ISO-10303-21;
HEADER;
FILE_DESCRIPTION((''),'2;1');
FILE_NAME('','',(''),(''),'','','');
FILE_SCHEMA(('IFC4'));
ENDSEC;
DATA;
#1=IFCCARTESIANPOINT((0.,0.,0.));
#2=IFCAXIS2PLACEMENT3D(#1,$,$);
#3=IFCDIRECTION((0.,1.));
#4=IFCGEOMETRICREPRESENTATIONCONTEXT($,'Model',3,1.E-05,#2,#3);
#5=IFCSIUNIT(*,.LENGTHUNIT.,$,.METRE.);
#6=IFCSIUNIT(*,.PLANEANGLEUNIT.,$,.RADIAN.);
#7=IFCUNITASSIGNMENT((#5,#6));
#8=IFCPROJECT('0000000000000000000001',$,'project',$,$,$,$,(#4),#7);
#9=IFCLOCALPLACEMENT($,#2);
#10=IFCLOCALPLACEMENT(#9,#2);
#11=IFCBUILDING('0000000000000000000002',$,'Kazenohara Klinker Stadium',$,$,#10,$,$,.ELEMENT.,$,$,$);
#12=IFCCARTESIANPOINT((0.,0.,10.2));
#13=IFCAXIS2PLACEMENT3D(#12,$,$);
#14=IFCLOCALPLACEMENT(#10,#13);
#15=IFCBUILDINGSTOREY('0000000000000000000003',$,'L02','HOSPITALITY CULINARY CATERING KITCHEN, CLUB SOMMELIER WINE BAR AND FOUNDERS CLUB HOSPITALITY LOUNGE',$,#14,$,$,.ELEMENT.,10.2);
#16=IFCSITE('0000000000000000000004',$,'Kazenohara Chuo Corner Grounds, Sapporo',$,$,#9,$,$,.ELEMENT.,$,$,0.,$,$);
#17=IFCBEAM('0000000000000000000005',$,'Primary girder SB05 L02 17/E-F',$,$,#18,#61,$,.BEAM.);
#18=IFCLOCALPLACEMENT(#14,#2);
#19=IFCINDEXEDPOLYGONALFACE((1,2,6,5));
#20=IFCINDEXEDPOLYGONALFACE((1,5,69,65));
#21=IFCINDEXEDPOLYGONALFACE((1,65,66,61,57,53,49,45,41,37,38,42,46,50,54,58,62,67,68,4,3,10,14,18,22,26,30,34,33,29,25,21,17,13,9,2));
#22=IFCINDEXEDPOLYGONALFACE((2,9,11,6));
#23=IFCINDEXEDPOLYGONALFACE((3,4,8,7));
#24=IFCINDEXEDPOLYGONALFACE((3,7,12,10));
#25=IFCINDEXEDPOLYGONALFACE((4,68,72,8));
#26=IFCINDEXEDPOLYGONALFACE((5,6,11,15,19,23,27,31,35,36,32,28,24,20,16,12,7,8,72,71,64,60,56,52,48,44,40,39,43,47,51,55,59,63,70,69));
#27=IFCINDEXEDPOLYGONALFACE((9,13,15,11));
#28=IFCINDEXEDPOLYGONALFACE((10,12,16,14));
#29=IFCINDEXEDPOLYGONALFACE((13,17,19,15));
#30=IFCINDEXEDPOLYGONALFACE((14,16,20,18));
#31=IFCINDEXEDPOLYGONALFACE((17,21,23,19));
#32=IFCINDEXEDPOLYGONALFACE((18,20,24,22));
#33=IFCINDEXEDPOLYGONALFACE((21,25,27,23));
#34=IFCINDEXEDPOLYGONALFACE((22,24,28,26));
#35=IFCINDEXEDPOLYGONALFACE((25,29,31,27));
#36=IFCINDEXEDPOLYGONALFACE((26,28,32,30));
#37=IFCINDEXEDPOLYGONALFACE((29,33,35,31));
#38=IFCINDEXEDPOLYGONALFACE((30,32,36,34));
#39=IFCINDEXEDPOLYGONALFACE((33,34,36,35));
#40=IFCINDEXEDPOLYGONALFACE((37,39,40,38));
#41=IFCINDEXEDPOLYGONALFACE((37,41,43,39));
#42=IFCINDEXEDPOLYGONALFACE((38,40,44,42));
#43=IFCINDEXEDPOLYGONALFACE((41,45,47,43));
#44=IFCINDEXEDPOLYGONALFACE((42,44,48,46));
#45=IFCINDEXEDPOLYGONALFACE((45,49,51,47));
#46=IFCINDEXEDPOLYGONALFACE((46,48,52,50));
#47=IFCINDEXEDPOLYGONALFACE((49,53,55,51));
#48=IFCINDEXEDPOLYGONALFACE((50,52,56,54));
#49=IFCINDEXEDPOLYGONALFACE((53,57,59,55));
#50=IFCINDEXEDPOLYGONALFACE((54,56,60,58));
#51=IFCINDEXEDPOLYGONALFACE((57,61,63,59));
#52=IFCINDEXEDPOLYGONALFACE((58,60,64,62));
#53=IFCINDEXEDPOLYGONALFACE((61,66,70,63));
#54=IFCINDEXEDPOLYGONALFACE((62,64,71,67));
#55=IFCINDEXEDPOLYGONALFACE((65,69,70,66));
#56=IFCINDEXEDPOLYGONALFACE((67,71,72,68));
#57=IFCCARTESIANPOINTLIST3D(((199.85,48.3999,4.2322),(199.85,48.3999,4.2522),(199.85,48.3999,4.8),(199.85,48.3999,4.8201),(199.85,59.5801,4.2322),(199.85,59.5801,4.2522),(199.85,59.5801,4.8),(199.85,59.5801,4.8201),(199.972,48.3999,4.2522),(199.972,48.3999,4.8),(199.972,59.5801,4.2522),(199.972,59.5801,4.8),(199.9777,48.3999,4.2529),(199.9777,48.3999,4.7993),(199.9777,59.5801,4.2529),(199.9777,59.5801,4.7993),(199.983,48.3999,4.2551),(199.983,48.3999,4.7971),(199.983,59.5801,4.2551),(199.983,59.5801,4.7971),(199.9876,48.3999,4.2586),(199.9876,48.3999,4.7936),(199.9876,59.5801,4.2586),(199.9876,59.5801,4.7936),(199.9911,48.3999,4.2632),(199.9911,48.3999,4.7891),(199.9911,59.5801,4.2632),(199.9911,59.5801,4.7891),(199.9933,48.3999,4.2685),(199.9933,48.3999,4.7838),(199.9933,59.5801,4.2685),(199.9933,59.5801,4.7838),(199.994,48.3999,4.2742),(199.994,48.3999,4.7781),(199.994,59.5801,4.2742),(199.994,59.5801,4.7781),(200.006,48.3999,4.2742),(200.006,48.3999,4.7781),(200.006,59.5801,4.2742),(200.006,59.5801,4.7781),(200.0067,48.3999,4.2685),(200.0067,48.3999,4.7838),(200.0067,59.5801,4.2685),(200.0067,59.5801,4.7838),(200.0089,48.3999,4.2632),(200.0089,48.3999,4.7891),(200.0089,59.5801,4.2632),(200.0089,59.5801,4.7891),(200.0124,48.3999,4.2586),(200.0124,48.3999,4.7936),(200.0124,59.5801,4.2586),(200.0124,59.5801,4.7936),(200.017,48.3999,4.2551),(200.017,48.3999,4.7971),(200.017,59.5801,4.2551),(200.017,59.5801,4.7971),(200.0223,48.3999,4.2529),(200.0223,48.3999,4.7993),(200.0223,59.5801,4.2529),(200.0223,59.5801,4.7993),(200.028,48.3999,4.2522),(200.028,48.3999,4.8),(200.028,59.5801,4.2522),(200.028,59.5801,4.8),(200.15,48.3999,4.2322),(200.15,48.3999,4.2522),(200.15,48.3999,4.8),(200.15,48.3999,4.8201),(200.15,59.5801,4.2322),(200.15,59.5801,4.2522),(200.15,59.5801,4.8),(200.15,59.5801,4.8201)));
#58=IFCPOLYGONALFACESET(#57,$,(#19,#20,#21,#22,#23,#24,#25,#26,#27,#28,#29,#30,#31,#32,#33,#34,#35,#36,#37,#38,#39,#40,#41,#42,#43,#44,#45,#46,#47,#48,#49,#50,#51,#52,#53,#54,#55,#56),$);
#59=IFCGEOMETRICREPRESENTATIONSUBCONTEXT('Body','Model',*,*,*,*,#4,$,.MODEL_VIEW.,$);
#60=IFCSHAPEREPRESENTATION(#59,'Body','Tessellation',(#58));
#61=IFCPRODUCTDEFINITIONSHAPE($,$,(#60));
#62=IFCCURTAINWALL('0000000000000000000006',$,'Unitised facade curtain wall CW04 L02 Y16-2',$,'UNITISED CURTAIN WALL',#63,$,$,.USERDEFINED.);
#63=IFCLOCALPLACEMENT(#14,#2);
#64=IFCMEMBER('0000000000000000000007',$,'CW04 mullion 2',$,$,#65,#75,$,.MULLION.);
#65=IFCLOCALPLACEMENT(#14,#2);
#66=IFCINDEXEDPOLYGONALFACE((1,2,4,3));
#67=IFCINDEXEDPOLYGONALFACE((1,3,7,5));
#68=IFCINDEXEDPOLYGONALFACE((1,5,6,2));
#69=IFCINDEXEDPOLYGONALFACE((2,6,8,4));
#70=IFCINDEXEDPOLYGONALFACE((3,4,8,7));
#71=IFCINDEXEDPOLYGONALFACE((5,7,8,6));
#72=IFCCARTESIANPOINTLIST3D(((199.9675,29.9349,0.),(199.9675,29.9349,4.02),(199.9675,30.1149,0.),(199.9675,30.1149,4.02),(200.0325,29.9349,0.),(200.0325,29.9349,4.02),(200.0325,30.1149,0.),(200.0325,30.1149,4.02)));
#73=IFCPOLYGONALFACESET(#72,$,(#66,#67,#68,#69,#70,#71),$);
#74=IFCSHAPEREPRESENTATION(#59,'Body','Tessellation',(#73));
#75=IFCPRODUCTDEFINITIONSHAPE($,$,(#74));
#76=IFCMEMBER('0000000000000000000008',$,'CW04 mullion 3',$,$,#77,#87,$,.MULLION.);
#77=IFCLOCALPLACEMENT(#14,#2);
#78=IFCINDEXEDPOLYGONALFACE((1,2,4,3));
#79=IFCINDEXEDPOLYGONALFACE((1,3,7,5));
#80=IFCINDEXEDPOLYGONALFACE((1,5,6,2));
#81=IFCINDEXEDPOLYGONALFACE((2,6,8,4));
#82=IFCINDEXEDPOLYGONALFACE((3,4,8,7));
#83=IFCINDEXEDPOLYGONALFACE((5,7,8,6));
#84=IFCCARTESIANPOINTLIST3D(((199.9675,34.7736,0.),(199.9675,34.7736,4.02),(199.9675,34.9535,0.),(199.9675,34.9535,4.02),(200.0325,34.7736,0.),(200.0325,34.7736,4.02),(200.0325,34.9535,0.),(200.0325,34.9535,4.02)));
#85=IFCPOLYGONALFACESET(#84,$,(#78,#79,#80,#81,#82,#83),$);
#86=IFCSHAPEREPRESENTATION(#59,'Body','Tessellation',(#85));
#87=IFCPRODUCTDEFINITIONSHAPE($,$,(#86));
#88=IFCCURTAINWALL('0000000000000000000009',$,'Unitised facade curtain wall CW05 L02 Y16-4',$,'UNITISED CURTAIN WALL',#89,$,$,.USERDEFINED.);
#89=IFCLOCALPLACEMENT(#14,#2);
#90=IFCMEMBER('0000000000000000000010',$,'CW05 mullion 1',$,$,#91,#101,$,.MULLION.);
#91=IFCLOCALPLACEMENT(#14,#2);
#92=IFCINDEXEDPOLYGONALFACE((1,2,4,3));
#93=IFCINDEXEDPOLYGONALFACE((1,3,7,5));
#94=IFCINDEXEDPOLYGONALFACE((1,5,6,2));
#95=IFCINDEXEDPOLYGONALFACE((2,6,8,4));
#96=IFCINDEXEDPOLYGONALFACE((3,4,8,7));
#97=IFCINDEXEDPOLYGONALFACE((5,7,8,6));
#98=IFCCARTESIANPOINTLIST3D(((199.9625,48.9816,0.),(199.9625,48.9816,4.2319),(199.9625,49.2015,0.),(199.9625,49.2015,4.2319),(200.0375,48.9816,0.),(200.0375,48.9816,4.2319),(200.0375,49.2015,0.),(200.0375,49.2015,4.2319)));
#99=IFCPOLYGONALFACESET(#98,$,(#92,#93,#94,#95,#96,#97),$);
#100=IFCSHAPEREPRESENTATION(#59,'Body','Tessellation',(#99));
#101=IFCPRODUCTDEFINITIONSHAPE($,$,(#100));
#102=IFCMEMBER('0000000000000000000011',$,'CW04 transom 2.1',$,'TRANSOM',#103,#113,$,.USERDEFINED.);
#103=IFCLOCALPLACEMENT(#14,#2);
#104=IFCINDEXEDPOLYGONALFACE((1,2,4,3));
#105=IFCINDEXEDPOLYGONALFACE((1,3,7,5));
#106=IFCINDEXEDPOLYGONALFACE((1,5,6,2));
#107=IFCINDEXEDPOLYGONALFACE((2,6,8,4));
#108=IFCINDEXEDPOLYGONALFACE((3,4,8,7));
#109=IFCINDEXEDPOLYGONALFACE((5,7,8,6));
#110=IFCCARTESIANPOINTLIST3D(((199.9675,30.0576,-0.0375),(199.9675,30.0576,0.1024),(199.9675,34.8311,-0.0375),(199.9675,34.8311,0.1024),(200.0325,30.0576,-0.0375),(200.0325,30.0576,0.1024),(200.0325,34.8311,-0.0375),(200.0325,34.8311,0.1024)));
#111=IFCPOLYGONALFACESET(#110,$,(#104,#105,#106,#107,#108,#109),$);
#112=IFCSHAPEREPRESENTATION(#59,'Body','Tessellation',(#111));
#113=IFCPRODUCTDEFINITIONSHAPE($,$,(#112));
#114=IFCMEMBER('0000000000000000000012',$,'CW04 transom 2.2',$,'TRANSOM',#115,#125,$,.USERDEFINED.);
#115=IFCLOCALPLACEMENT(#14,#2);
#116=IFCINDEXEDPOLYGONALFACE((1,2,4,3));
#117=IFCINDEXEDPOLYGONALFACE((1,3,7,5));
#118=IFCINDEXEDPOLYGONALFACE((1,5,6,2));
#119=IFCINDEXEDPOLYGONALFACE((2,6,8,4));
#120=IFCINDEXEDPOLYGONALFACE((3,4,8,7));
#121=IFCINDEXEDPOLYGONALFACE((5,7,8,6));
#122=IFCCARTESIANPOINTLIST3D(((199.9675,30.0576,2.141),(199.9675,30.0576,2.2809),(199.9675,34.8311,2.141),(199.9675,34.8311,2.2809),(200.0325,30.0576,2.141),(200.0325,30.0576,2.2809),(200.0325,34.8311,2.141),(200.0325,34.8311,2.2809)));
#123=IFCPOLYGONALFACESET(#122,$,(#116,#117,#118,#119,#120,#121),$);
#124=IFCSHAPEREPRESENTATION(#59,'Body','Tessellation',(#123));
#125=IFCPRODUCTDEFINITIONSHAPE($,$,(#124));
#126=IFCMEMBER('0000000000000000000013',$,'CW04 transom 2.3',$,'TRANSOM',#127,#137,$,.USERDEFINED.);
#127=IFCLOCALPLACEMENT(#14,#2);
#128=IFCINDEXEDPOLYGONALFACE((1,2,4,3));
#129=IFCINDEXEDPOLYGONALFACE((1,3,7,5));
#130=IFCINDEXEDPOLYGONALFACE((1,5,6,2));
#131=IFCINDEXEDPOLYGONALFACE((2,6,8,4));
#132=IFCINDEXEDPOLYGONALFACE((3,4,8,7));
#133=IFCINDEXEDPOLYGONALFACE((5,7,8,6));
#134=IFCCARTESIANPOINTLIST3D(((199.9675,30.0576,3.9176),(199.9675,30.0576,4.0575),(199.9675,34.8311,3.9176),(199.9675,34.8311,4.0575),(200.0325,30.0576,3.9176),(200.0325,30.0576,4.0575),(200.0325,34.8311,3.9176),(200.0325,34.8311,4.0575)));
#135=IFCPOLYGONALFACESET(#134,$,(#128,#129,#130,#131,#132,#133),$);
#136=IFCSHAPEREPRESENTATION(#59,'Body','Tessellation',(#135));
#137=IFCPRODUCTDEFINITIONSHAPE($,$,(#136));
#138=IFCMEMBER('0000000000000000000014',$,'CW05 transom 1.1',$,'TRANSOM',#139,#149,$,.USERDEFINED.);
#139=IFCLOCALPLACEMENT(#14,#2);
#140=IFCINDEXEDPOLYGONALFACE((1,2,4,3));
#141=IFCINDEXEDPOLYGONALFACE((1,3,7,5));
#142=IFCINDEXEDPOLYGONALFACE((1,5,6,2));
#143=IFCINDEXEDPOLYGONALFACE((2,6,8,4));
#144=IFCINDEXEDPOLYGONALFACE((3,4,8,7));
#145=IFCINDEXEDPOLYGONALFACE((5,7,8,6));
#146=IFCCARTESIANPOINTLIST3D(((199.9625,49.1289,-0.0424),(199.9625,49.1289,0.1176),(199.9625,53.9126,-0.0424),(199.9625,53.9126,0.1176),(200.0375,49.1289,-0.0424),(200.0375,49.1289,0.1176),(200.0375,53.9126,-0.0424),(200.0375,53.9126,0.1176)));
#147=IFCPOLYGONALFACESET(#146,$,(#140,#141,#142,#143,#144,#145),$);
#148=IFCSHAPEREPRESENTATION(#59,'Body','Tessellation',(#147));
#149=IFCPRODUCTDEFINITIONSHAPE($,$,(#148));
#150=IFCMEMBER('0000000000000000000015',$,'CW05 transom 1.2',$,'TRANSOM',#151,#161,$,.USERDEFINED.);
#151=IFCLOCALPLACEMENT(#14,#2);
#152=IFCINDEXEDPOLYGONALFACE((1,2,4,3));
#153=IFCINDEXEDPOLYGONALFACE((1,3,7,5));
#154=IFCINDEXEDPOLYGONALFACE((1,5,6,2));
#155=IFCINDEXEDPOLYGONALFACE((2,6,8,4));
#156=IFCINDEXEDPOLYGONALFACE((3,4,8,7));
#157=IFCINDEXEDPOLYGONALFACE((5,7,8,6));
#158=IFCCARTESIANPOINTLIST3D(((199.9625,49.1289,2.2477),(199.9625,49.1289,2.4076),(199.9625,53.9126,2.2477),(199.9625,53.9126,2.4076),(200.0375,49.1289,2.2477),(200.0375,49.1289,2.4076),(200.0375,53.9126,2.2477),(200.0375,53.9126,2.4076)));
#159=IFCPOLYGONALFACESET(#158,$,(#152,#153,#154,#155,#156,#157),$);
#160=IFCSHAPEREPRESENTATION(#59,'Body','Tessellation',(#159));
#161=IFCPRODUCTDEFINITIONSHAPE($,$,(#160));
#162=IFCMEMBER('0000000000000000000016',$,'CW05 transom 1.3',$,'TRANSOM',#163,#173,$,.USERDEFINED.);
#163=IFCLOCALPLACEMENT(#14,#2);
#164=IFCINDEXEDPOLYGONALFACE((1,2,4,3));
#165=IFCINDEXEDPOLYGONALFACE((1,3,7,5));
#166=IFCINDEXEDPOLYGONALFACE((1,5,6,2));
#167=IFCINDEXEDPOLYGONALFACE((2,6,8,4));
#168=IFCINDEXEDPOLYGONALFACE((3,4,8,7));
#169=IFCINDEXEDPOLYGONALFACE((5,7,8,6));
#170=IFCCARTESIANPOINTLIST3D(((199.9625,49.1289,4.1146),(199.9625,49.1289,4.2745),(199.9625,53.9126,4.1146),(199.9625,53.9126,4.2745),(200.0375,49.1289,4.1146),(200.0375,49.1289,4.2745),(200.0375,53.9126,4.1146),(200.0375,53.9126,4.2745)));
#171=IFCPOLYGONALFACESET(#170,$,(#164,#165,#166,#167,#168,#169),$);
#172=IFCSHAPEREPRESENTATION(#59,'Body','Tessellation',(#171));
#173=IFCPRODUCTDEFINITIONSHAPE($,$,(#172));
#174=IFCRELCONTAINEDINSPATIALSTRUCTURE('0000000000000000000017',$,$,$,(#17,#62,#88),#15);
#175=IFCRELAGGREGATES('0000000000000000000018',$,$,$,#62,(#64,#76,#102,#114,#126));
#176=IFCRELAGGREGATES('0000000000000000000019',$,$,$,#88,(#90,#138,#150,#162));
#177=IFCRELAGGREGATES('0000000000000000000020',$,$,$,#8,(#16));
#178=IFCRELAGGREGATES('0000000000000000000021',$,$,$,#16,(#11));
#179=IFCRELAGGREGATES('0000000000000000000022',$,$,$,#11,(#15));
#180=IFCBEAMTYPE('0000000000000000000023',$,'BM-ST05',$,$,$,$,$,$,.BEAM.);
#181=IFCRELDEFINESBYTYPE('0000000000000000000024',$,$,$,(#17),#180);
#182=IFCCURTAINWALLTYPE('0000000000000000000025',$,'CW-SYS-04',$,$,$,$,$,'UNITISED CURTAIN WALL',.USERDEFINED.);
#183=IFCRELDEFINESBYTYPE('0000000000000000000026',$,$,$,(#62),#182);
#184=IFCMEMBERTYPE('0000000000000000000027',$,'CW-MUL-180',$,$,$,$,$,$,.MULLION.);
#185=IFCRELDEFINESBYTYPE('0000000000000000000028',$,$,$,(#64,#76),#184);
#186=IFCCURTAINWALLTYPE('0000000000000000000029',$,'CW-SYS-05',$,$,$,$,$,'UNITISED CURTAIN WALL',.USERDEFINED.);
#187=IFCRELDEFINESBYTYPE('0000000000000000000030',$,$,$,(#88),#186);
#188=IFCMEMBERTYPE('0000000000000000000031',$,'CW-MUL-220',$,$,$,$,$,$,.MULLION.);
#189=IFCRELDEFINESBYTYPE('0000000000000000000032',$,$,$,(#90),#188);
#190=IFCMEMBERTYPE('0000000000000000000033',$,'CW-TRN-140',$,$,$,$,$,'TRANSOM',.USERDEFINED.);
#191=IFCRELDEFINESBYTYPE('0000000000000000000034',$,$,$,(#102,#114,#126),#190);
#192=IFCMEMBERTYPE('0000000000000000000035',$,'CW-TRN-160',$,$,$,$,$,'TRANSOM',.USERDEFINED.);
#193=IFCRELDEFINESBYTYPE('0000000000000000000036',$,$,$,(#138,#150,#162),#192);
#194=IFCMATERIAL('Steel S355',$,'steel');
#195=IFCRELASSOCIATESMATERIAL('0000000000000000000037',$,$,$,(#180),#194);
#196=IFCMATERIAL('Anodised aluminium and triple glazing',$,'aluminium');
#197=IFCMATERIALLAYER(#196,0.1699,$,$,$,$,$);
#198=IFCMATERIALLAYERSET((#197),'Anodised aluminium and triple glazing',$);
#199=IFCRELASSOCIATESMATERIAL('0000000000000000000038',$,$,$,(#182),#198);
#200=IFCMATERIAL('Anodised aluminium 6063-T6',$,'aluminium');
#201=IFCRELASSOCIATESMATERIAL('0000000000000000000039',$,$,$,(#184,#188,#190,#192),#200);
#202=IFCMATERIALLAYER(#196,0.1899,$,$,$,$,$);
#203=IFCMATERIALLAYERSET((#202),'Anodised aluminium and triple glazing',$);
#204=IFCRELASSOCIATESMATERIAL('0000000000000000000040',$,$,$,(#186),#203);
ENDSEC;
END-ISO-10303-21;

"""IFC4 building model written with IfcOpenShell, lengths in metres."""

from ifc_helpers import new_model, si_unit, direction, frame, origin, origin_2d, place, context, subcontext, project, spatial, rectangle, i_section, extrude, material, layer, layer_set, material_profile, profile_set, type_object, element, aggregate, save


model = new_model("IFC4")

# Units and contexts
model_context = context("Model", 3, precision=1e-05, world=origin(), true_north=direction((0.0, 1.0)))
body_context = subcontext(model_context, "Body", "Model", "MODEL_VIEW")
ifc_project = project(units=[si_unit("LENGTHUNIT", "METRE"), si_unit("PLANEANGLEUNIT", "RADIAN")], contexts=[model_context])

# Site, building, storey
site_placement = place(None, origin())
site = spatial("IfcSite", under=ifc_project, at=site_placement, Name="Kazenohara Chuo Corner Grounds, Sapporo", CompositionType="ELEMENT", RefElevation=0.0)
building_placement = place(site_placement, origin())
building = spatial("IfcBuilding", under=site, at=building_placement, Name="Kazenohara Klinker Stadium", CompositionType="ELEMENT")
storey_placement = place(building_placement, frame((0.0, 0.0, 10.2)))
storey = spatial("IfcBuildingStorey", under=building, at=storey_placement, Name="L02", Description="HOSPITALITY CULINARY CATERING KITCHEN, CLUB SOMMELIER WINE BAR AND FOUNDERS CLUB HOSPITALITY LOUNGE", CompositionType="ELEMENT", Elevation=10.2)

# Beam
ifc_material_1 = material(Name="Steel S355", Category="steel")
ifc_material_profile_1 = material_profile(ifc_material_1, i_section(OverallWidth=0.3, OverallDepth=0.5879, WebThickness=0.012, FlangeThickness=0.02, FilletRadius=0.022, at=origin_2d()), Name="H-588x300x12x20")
ifc_profile_set_1 = profile_set([ifc_material_profile_1], Name="Steel S355")
beam_type_1 = type_object("IfcBeamType", Name="BM-ST05", PredefinedType="BEAM", material=ifc_profile_set_1)
beam_1_placement = place(storey_placement, frame((200.0, 48.3999, 4.5261), z_axis=(0.0, 1.0, 0.0), x_axis=(-1.0, 0.0, 0.0)))
element("IfcBeam", 1, at=beam_1_placement, inside=storey, type_object=beam_type_1, Name="Primary girder SB05 L02 17/E-F", PredefinedType="BEAM", context=body_context, shape_type="SweptSolid", body=[
    extrude(i_section(OverallWidth=0.3, OverallDepth=0.5879, WebThickness=0.012, FlangeThickness=0.02, FilletRadius=0.022, at=origin_2d()), origin(), (0.0, 0.0, 1.0), 11.1802),
])

# Curtain wall, members
ifc_material_2 = material(Name="Anodised aluminium and triple glazing", Category="aluminium")
ifc_layer_1 = layer(ifc_material_2, 0.1699)
ifc_layer_set_1 = layer_set([ifc_layer_1], Name="Anodised aluminium and triple glazing")
curtain_wall_type_1 = type_object("IfcCurtainWallType", Name="CW-SYS-04", ElementType="UNITISED CURTAIN WALL", PredefinedType="USERDEFINED", material=ifc_layer_set_1)
curtain_wall_1_placement = place(storey_placement, origin())
curtain_wall_1 = element("IfcCurtainWall", 2, at=curtain_wall_1_placement, inside=storey, type_object=curtain_wall_type_1, Name="Unitised facade curtain wall CW04 L02 Y16-2", ObjectType="UNITISED CURTAIN WALL", PredefinedType="USERDEFINED")
ifc_material_3 = material(Name="Anodised aluminium 6063-T6", Category="aluminium")
ifc_material_profile_2 = material_profile(ifc_material_3, rectangle(XDim=0.0649, YDim=0.1799, at=origin_2d()), Name="ALU-MUL-65x180")
ifc_profile_set_2 = profile_set([ifc_material_profile_2], Name="Anodised aluminium 6063-T6")
member_type_1 = type_object("IfcMemberType", Name="CW-MUL-180", PredefinedType="MULLION", material=ifc_profile_set_2)
member_1_placement = place(storey_placement, frame((200.0, 30.0249, 0.0), z_axis=(0.0, 0.0, 1.0), x_axis=(-1.0, 0.0, 0.0)))
member_1 = element("IfcMember", 3, at=member_1_placement, type_object=member_type_1, Name="CW04 mullion 2", PredefinedType="MULLION", context=body_context, shape_type="SweptSolid", body=[
    extrude(rectangle(XDim=0.0649, YDim=0.1799, at=origin_2d()), origin(), (0.0, 0.0, 1.0), 4.02),
])
member_2_placement = place(storey_placement, frame((200.0, 34.8635, 0.0), z_axis=(0.0, 0.0, 1.0), x_axis=(-1.0, 0.0, 0.0)))
member_2 = element("IfcMember", 4, at=member_2_placement, type_object=member_type_1, Name="CW04 mullion 3", PredefinedType="MULLION", context=body_context, shape_type="SweptSolid", body=[
    extrude(rectangle(XDim=0.0649, YDim=0.1799, at=origin_2d()), origin(), (0.0, 0.0, 1.0), 4.02),
])

# Curtain wall, member
ifc_layer_2 = layer(ifc_material_2, 0.1899)
ifc_layer_set_2 = layer_set([ifc_layer_2], Name="Anodised aluminium and triple glazing")
curtain_wall_type_2 = type_object("IfcCurtainWallType", Name="CW-SYS-05", ElementType="UNITISED CURTAIN WALL", PredefinedType="USERDEFINED", material=ifc_layer_set_2)
curtain_wall_2_placement = place(storey_placement, origin())
curtain_wall_2 = element("IfcCurtainWall", 5, at=curtain_wall_2_placement, inside=storey, type_object=curtain_wall_type_2, Name="Unitised facade curtain wall CW05 L02 Y16-4", ObjectType="UNITISED CURTAIN WALL", PredefinedType="USERDEFINED")
ifc_material_profile_3 = material_profile(ifc_material_3, rectangle(XDim=0.075, YDim=0.22, at=origin_2d()), Name="ALU-MUL-75x220")
ifc_profile_set_3 = profile_set([ifc_material_profile_3], Name="Anodised aluminium 6063-T6")
member_type_2 = type_object("IfcMemberType", Name="CW-MUL-220", PredefinedType="MULLION", material=ifc_profile_set_3)
member_3_placement = place(storey_placement, frame((200.0, 49.0916, 0.0), z_axis=(0.0, 0.0, 1.0), x_axis=(-1.0, 0.0, 0.0)))
member_3 = element("IfcMember", 6, at=member_3_placement, type_object=member_type_2, Name="CW05 mullion 1", PredefinedType="MULLION", context=body_context, shape_type="SweptSolid", body=[
    extrude(rectangle(XDim=0.075, YDim=0.22, at=origin_2d()), origin(), (0.0, 0.0, 1.0), 4.2319),
])

# Members
ifc_material_profile_4 = material_profile(ifc_material_3, rectangle(XDim=0.0649, YDim=0.1399, at=origin_2d()), Name="ALU-TRN-65x140")
ifc_profile_set_4 = profile_set([ifc_material_profile_4], Name="Anodised aluminium 6063-T6")
member_type_3 = type_object("IfcMemberType", Name="CW-TRN-140", ElementType="TRANSOM", PredefinedType="USERDEFINED", material=ifc_profile_set_4)
member_4_placement = place(storey_placement, frame((200.0, 30.0576, 0.0325), z_axis=(0.0, 1.0, 0.0), x_axis=(-1.0, 0.0, 0.0)))
member_4 = element("IfcMember", 7, at=member_4_placement, type_object=member_type_3, Name="CW04 transom 2.1", ObjectType="TRANSOM", PredefinedType="USERDEFINED", context=body_context, shape_type="SweptSolid", body=[
    extrude(rectangle(XDim=0.0649, YDim=0.1399, at=origin_2d()), origin(), (0.0, 0.0, 1.0), 4.7734),
])
member_5_placement = place(storey_placement, frame((200.0, 30.0576, 2.2109), z_axis=(0.0, 1.0, 0.0), x_axis=(-1.0, 0.0, 0.0)))
member_5 = element("IfcMember", 8, at=member_5_placement, type_object=member_type_3, Name="CW04 transom 2.2", ObjectType="TRANSOM", PredefinedType="USERDEFINED", context=body_context, shape_type="SweptSolid", body=[
    extrude(rectangle(XDim=0.0649, YDim=0.1399, at=origin_2d()), origin(), (0.0, 0.0, 1.0), 4.7734),
])
member_6_placement = place(storey_placement, frame((200.0, 30.0576, 3.9875), z_axis=(0.0, 1.0, 0.0), x_axis=(-1.0, 0.0, 0.0)))
member_6 = element("IfcMember", 9, at=member_6_placement, type_object=member_type_3, Name="CW04 transom 2.3", ObjectType="TRANSOM", PredefinedType="USERDEFINED", context=body_context, shape_type="SweptSolid", body=[
    extrude(rectangle(XDim=0.0649, YDim=0.1399, at=origin_2d()), origin(), (0.0, 0.0, 1.0), 4.7734),
])
ifc_material_profile_5 = material_profile(ifc_material_3, rectangle(XDim=0.075, YDim=0.1599, at=origin_2d()), Name="ALU-TRN-75x160")
ifc_profile_set_5 = profile_set([ifc_material_profile_5], Name="Anodised aluminium 6063-T6")
member_type_4 = type_object("IfcMemberType", Name="CW-TRN-160", ElementType="TRANSOM", PredefinedType="USERDEFINED", material=ifc_profile_set_5)
member_7_placement = place(storey_placement, frame((200.0, 49.1289, 0.0376), z_axis=(0.0, 1.0, 0.0), x_axis=(-1.0, 0.0, 0.0)))
member_7 = element("IfcMember", 10, at=member_7_placement, type_object=member_type_4, Name="CW05 transom 1.1", ObjectType="TRANSOM", PredefinedType="USERDEFINED", context=body_context, shape_type="SweptSolid", body=[
    extrude(rectangle(XDim=0.075, YDim=0.1599, at=origin_2d()), origin(), (0.0, 0.0, 1.0), 4.7837),
])
member_8_placement = place(storey_placement, frame((200.0, 49.1289, 2.3276), z_axis=(0.0, 1.0, 0.0), x_axis=(-1.0, 0.0, 0.0)))
member_8 = element("IfcMember", 11, at=member_8_placement, type_object=member_type_4, Name="CW05 transom 1.2", ObjectType="TRANSOM", PredefinedType="USERDEFINED", context=body_context, shape_type="SweptSolid", body=[
    extrude(rectangle(XDim=0.075, YDim=0.1599, at=origin_2d()), origin(), (0.0, 0.0, 1.0), 4.7837),
])
member_9_placement = place(storey_placement, frame((200.0, 49.1289, 4.1946), z_axis=(0.0, 1.0, 0.0), x_axis=(-1.0, 0.0, 0.0)))
member_9 = element("IfcMember", 12, at=member_9_placement, type_object=member_type_4, Name="CW05 transom 1.3", ObjectType="TRANSOM", PredefinedType="USERDEFINED", context=body_context, shape_type="SweptSolid", body=[
    extrude(rectangle(XDim=0.075, YDim=0.1599, at=origin_2d()), origin(), (0.0, 0.0, 1.0), 4.7837),
])

aggregate(curtain_wall_1, [member_1, member_2, member_4, member_5, member_6])
aggregate(curtain_wall_2, [member_3, member_7, member_8, member_9])

save(model, "model.ifc")
